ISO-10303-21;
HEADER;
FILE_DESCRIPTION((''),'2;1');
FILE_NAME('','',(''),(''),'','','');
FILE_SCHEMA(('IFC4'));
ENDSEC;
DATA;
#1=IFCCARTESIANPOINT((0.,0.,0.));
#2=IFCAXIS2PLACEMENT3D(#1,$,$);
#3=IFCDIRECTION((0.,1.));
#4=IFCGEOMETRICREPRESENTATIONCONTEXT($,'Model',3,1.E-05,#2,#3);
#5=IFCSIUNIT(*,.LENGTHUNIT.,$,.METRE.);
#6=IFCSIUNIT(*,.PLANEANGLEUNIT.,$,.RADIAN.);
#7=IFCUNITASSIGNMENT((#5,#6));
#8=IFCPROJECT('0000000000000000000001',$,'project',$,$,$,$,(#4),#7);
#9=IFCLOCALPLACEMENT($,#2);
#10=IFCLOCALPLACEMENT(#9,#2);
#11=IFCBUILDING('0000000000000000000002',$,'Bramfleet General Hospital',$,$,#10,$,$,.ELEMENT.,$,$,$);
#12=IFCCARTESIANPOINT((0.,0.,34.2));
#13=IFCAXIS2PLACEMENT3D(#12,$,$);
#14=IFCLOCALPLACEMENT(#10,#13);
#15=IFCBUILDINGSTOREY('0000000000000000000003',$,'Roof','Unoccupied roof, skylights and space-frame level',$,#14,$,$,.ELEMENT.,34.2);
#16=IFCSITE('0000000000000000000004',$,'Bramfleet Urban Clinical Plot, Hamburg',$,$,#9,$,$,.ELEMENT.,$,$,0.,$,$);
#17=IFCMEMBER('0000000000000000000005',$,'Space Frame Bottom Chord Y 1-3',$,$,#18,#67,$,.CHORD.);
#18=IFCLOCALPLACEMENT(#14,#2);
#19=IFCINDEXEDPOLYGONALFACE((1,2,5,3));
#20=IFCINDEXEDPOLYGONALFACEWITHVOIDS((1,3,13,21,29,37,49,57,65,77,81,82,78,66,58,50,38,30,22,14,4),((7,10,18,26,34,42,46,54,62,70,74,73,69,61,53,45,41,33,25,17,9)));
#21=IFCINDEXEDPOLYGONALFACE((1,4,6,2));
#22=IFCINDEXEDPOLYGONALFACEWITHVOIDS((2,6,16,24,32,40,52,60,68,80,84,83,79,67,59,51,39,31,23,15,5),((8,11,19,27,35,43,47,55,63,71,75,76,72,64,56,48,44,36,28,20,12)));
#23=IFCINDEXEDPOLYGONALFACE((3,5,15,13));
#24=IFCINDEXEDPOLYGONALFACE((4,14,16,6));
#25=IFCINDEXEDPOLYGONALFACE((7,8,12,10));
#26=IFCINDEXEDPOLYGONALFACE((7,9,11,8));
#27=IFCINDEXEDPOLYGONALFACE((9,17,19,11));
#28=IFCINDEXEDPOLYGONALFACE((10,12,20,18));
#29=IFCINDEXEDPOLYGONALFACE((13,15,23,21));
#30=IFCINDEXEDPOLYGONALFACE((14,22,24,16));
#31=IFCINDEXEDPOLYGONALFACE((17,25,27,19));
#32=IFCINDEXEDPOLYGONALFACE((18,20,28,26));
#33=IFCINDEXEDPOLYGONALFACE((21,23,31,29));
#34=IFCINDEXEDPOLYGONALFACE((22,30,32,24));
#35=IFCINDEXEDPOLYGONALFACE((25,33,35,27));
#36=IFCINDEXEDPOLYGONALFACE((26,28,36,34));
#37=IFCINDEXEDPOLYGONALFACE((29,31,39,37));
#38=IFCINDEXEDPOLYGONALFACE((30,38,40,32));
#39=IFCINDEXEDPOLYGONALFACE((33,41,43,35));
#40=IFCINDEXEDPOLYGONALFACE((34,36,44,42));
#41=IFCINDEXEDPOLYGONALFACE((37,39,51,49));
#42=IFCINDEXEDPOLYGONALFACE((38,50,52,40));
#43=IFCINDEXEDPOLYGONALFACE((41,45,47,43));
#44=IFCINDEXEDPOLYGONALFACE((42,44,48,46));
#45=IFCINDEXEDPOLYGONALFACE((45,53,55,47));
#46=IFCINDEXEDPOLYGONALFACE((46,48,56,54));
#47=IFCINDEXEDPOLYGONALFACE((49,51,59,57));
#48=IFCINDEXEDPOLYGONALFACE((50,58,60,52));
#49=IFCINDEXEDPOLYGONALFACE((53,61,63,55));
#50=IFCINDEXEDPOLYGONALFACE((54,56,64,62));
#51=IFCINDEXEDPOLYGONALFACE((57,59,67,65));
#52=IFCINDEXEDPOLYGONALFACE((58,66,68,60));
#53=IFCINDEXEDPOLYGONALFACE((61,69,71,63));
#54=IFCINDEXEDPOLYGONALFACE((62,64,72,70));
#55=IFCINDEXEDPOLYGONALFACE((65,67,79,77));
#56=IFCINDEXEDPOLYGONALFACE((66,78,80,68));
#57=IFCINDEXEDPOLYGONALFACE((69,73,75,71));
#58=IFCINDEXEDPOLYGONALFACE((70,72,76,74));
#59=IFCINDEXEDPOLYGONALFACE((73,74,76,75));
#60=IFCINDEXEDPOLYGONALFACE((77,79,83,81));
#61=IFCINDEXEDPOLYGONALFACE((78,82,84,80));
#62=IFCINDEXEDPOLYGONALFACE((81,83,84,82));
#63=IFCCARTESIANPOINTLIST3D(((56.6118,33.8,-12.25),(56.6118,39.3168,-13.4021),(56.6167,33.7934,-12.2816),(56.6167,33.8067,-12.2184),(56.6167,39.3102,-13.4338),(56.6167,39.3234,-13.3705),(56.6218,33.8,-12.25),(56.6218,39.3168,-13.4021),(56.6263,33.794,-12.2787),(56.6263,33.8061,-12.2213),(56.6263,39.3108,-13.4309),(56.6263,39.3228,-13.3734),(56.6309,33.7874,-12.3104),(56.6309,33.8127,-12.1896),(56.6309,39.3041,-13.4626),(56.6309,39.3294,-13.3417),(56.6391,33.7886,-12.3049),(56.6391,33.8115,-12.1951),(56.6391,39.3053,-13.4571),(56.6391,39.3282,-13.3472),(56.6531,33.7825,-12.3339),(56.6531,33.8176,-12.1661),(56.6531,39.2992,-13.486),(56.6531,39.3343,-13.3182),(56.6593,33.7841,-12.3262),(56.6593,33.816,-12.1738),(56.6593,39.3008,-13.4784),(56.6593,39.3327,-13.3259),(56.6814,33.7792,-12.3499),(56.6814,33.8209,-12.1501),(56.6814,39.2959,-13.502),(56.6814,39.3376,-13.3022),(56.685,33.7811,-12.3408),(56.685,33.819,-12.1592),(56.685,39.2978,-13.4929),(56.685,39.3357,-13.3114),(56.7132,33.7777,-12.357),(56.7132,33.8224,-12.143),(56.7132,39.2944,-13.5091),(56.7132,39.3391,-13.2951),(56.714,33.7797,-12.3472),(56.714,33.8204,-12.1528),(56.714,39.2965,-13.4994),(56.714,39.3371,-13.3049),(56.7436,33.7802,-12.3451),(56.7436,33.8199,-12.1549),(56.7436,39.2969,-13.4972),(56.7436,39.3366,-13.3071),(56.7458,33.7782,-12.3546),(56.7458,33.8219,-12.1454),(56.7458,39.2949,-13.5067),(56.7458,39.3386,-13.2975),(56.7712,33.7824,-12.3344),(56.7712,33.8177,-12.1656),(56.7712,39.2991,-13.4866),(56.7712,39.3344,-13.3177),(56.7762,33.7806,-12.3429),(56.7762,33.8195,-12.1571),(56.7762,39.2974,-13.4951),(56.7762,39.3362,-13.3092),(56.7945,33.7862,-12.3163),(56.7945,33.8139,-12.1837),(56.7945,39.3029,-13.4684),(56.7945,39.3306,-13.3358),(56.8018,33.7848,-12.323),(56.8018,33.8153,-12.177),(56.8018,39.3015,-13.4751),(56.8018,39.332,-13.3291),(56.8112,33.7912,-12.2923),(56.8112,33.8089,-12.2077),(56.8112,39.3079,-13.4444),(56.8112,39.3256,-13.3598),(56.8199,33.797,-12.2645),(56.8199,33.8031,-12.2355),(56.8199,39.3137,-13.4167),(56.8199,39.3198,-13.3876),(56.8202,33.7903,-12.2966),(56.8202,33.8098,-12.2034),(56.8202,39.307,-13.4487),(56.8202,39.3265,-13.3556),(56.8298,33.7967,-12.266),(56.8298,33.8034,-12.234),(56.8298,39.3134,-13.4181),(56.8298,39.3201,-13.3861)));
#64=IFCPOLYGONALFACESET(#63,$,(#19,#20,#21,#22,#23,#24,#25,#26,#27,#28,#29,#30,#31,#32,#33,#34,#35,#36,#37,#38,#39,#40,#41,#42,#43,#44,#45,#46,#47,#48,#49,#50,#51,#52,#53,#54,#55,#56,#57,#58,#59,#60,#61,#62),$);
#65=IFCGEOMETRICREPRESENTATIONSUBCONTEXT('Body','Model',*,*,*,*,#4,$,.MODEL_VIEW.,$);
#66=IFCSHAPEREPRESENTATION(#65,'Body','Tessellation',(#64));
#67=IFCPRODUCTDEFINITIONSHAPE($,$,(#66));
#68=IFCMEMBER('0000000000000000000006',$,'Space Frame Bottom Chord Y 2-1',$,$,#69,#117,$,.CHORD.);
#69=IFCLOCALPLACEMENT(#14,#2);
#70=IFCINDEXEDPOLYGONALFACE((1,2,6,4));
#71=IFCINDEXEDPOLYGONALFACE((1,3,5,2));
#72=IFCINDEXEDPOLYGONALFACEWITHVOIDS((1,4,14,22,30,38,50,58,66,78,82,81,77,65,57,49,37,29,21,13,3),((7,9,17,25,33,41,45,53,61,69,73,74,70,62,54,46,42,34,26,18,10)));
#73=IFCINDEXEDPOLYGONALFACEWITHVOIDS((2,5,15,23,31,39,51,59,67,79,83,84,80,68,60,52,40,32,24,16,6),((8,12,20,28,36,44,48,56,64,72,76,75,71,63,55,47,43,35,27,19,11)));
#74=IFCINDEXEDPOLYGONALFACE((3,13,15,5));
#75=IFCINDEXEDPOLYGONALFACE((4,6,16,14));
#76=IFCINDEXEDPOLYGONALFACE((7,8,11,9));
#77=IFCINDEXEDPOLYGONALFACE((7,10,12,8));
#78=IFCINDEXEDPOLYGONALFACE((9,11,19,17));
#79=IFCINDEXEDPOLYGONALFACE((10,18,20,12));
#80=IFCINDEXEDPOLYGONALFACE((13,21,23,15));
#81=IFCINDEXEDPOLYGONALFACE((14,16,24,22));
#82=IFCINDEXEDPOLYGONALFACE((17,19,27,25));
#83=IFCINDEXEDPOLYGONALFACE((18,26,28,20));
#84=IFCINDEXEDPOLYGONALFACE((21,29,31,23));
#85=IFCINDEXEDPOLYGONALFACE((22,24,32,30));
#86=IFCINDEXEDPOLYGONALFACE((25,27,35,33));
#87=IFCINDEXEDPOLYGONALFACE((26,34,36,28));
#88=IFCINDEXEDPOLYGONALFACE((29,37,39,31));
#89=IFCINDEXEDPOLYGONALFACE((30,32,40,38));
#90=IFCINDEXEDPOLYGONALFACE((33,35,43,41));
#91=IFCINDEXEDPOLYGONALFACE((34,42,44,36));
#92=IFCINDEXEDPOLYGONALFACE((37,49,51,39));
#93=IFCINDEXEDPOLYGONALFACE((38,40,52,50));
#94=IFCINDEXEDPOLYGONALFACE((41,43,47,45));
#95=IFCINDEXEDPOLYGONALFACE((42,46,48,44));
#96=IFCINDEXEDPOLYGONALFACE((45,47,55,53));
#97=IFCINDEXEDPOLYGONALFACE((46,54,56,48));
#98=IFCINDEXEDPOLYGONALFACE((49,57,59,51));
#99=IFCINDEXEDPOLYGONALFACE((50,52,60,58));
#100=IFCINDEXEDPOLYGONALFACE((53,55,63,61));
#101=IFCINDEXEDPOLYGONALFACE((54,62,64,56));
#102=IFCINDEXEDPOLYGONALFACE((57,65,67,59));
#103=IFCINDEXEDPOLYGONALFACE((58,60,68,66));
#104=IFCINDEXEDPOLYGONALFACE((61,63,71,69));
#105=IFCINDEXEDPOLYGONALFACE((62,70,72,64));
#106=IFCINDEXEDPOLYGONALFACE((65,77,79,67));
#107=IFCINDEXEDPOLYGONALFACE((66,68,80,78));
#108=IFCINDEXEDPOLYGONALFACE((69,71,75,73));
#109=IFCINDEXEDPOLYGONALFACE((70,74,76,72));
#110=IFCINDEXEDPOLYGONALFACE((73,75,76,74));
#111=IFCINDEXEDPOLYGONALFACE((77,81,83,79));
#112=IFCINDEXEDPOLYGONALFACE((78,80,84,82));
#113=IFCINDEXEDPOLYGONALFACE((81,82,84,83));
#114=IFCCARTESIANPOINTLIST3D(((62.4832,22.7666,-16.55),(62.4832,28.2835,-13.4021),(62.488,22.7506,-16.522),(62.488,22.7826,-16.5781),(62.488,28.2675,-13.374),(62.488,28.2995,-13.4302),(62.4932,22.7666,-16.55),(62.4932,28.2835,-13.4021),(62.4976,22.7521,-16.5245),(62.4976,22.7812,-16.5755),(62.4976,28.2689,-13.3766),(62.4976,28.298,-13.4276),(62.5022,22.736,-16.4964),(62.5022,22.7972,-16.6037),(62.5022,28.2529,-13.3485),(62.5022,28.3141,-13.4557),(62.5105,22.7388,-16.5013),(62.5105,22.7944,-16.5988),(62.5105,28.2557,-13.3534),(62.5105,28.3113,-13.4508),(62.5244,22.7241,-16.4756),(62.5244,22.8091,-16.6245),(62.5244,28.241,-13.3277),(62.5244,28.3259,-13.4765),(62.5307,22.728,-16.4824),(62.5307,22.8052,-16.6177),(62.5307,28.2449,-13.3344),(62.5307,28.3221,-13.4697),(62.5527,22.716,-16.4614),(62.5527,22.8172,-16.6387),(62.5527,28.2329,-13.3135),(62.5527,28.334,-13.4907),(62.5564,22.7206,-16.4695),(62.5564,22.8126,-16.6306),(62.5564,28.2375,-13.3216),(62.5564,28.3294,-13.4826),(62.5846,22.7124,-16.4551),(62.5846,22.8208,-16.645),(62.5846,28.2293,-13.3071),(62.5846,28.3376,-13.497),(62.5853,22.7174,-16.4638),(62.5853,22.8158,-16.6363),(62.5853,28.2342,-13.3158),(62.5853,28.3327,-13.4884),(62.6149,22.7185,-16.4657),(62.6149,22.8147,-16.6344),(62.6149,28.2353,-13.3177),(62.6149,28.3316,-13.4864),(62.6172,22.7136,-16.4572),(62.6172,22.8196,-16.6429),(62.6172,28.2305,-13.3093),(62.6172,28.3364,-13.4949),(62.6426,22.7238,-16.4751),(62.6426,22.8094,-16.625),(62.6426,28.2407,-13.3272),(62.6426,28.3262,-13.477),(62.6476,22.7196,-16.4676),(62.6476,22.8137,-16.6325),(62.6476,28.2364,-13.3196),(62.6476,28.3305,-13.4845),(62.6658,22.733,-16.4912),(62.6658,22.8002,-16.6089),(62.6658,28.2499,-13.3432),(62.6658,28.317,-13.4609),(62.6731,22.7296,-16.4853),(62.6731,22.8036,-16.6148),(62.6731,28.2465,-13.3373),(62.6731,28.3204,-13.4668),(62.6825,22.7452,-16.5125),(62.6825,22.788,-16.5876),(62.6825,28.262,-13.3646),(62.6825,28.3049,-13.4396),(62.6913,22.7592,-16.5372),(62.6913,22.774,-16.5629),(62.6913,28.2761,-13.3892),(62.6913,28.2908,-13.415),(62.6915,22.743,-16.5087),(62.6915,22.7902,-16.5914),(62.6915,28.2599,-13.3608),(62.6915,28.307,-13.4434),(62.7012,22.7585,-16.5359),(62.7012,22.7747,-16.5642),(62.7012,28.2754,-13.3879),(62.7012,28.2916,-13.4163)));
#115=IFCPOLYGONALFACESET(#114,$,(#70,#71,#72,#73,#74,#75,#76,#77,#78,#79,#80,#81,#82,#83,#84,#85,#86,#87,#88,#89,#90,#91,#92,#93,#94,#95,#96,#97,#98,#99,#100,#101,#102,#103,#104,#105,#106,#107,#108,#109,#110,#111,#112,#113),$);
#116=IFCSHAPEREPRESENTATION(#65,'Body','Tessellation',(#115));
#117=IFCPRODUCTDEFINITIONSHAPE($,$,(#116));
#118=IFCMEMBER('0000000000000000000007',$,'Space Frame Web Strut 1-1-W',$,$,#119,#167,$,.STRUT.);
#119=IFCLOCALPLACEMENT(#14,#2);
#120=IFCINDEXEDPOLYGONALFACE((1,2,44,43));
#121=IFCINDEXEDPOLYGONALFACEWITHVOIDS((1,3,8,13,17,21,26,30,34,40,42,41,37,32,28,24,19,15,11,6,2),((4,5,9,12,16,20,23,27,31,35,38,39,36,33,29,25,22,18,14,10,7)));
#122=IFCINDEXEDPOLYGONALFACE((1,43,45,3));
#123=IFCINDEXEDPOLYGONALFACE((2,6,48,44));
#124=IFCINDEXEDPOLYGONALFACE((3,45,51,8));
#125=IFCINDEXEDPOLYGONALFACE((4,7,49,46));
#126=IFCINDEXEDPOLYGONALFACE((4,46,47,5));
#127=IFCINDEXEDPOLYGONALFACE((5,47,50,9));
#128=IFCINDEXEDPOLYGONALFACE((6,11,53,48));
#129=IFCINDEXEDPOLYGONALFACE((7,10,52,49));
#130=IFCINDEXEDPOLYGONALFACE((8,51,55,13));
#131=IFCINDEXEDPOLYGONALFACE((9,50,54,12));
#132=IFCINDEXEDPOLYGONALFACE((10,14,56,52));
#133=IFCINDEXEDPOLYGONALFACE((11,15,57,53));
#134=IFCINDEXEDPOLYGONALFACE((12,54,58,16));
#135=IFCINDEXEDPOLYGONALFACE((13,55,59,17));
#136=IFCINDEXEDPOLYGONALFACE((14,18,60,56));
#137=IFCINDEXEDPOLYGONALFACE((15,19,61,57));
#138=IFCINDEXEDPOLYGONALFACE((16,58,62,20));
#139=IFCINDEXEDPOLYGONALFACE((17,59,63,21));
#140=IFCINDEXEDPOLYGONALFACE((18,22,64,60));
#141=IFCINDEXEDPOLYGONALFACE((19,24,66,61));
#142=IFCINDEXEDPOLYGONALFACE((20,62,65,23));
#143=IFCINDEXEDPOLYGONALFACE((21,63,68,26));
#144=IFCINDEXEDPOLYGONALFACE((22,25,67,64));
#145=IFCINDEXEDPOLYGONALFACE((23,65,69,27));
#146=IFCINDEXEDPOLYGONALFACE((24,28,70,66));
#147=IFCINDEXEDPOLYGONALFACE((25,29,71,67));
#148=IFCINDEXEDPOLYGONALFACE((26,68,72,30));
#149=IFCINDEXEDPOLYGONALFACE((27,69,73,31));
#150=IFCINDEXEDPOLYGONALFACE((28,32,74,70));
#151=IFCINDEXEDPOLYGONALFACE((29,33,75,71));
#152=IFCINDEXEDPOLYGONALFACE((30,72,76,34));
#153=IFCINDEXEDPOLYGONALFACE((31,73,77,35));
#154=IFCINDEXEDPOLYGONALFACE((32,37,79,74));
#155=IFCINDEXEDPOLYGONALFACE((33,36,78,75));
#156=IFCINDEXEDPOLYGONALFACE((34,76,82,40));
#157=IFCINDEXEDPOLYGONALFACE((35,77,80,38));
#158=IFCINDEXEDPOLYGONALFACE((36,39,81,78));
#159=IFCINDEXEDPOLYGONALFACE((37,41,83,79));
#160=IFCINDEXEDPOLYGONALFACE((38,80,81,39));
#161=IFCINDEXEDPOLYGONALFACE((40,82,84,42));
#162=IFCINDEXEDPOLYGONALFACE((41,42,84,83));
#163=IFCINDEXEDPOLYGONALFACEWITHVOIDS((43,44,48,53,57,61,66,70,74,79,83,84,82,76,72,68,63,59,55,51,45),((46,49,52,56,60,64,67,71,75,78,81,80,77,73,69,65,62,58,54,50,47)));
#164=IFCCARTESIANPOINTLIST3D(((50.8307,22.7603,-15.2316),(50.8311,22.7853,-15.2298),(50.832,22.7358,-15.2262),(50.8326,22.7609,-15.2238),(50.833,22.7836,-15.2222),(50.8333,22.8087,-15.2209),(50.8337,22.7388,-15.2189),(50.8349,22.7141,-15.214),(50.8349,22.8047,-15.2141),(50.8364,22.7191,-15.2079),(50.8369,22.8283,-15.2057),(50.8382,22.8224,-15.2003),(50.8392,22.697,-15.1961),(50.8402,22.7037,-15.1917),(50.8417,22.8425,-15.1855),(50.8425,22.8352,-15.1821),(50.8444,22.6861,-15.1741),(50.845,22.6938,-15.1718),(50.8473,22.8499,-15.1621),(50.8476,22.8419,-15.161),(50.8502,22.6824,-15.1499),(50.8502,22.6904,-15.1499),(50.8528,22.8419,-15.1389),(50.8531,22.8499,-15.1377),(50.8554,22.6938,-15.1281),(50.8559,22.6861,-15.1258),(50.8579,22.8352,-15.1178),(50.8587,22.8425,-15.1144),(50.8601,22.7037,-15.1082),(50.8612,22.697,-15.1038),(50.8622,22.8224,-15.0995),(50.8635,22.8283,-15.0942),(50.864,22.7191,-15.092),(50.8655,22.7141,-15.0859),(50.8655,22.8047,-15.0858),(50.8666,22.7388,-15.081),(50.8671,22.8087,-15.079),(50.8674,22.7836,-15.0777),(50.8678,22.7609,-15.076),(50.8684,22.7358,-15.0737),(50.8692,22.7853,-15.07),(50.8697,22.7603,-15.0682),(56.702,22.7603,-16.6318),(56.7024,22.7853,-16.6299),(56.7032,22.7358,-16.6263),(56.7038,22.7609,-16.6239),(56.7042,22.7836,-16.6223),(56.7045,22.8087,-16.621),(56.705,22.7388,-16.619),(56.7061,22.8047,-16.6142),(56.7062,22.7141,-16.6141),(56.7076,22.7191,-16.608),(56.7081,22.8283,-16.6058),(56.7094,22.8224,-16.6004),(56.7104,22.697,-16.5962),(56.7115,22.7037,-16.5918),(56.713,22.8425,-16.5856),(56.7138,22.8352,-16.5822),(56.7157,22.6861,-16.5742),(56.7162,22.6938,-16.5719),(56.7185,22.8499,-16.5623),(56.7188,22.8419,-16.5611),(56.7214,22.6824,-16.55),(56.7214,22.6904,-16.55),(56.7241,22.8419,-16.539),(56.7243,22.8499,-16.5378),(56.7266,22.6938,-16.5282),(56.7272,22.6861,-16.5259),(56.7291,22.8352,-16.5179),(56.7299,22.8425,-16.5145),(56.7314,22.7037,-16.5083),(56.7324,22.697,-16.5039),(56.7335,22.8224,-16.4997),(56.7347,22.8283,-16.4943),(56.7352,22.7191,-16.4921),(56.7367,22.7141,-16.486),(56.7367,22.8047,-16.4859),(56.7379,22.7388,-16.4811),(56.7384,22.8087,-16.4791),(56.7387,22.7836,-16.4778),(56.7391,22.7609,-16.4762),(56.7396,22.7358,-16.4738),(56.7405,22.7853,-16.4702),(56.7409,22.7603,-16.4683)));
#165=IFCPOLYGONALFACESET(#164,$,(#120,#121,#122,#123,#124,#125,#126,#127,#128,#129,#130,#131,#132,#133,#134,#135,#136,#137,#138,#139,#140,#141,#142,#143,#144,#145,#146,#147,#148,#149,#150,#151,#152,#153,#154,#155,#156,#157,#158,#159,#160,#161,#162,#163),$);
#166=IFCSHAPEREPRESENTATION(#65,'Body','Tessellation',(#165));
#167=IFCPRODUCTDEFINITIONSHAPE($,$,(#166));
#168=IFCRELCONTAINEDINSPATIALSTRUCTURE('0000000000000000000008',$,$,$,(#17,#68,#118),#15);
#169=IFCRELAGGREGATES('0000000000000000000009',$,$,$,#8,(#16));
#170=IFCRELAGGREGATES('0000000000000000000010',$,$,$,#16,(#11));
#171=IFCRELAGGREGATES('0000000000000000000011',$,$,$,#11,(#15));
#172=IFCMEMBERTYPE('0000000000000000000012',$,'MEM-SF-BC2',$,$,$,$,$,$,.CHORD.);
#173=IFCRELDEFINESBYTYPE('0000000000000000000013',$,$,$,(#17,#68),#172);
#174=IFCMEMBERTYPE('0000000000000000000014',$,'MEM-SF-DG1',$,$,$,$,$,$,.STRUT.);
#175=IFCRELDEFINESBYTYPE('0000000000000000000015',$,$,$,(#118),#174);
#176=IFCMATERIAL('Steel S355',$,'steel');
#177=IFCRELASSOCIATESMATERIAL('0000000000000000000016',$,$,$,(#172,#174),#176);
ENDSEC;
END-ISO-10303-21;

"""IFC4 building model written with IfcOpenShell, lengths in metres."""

from ifc_helpers import new_model, si_unit, direction, frame, origin, origin_2d, place, context, subcontext, project, spatial, hollow_circle, extrude, material, material_profile, profile_set, type_object, element, save


model = new_model("IFC4")

# Units and contexts
model_context = context("Model", 3, precision=1e-05, world=origin(), true_north=direction((0.0, 1.0)))
body_context = subcontext(model_context, "Body", "Model", "MODEL_VIEW")
ifc_project = project(units=[si_unit("LENGTHUNIT", "METRE"), si_unit("PLANEANGLEUNIT", "RADIAN")], contexts=[model_context])

# Site, building, storey
site_placement = place(None, origin())
site = spatial("IfcSite", under=ifc_project, at=site_placement, Name="Bramfleet Urban Clinical Plot, Hamburg", CompositionType="ELEMENT", RefElevation=0.0)
building_placement = place(site_placement, origin())
building = spatial("IfcBuilding", under=site, at=building_placement, Name="Bramfleet General Hospital", CompositionType="ELEMENT")
storey_placement = place(building_placement, frame((0.0, 0.0, 34.2)))
storey = spatial("IfcBuildingStorey", under=building, at=storey_placement, Name="Roof", Description="Unoccupied roof, skylights and space-frame level", CompositionType="ELEMENT", Elevation=34.2)

# Members
ifc_material = material(Name="Steel S355", Category="steel")
ifc_material_profile_1 = material_profile(ifc_material, hollow_circle(Radius=0.1096, WallThickness=0.01, at=origin_2d()), Name="CHS 219.1x10.0")
ifc_profile_set_1 = profile_set([ifc_material_profile_1], Name="Steel S355")
member_type_1 = type_object("IfcMemberType", Name="MEM-SF-BC2", PredefinedType="CHORD", material=ifc_profile_set_1)
for number, where, z_axis, x_axis, name in (
    (1, (56.7214, 33.8, -12.25), (0.0, 0.978881, -0.204432), (-1.0, 0.0, 0.0), "Space Frame Bottom Chord Y 1-3"),
):
    element("IfcMember", number, at=place(storey_placement, frame(where, z_axis=z_axis, x_axis=x_axis)), inside=storey, type_object=member_type_1, Name=name, PredefinedType="CHORD", context=body_context, shape_type="SweptSolid", body=[
        extrude(hollow_circle(Radius=0.1096, WallThickness=0.01, at=origin_2d()), origin(), (0.0, 0.0, 1.0), 5.6357),
    ])
member_1_placement = place(storey_placement, frame((62.5928, 22.7666, -16.55), z_axis=(0.0, 0.86855, 0.495601), x_axis=(-1.0, 0.0, 0.0)))
element("IfcMember", 2, at=member_1_placement, inside=storey, type_object=member_type_1, Name="Space Frame Bottom Chord Y 2-1", PredefinedType="CHORD", context=body_context, shape_type="SweptSolid", body=[
    extrude(hollow_circle(Radius=0.1096, WallThickness=0.01, at=origin_2d()), origin(), (0.0, 0.0, 1.0), 6.3518),
])
ifc_material_profile_2 = material_profile(ifc_material, hollow_circle(Radius=0.0842, WallThickness=0.0081, at=origin_2d()), Name="CHS 168.3x8.0")
ifc_profile_set_2 = profile_set([ifc_material_profile_2], Name="Steel S355")
member_type_2 = type_object("IfcMemberType", Name="MEM-SF-DG1", PredefinedType="STRUT", material=ifc_profile_set_2)
for number, where, z_axis, x_axis, name in (
    (3, (56.7214, 22.7666, -16.55), (-0.972724, 0.0, 0.231967), (0.0, -1.0, 0.0), "Space Frame Web Strut 1-1-W"),
):
    element("IfcMember", number, at=place(storey_placement, frame(where, z_axis=z_axis, x_axis=x_axis)), inside=storey, type_object=member_type_2, Name=name, PredefinedType="STRUT", context=body_context, shape_type="SweptSolid", body=[
        extrude(hollow_circle(Radius=0.0842, WallThickness=0.0081, at=origin_2d()), origin(), (0.0, 0.0, 1.0), 6.0359),
    ])

save(model, "model.ifc")
